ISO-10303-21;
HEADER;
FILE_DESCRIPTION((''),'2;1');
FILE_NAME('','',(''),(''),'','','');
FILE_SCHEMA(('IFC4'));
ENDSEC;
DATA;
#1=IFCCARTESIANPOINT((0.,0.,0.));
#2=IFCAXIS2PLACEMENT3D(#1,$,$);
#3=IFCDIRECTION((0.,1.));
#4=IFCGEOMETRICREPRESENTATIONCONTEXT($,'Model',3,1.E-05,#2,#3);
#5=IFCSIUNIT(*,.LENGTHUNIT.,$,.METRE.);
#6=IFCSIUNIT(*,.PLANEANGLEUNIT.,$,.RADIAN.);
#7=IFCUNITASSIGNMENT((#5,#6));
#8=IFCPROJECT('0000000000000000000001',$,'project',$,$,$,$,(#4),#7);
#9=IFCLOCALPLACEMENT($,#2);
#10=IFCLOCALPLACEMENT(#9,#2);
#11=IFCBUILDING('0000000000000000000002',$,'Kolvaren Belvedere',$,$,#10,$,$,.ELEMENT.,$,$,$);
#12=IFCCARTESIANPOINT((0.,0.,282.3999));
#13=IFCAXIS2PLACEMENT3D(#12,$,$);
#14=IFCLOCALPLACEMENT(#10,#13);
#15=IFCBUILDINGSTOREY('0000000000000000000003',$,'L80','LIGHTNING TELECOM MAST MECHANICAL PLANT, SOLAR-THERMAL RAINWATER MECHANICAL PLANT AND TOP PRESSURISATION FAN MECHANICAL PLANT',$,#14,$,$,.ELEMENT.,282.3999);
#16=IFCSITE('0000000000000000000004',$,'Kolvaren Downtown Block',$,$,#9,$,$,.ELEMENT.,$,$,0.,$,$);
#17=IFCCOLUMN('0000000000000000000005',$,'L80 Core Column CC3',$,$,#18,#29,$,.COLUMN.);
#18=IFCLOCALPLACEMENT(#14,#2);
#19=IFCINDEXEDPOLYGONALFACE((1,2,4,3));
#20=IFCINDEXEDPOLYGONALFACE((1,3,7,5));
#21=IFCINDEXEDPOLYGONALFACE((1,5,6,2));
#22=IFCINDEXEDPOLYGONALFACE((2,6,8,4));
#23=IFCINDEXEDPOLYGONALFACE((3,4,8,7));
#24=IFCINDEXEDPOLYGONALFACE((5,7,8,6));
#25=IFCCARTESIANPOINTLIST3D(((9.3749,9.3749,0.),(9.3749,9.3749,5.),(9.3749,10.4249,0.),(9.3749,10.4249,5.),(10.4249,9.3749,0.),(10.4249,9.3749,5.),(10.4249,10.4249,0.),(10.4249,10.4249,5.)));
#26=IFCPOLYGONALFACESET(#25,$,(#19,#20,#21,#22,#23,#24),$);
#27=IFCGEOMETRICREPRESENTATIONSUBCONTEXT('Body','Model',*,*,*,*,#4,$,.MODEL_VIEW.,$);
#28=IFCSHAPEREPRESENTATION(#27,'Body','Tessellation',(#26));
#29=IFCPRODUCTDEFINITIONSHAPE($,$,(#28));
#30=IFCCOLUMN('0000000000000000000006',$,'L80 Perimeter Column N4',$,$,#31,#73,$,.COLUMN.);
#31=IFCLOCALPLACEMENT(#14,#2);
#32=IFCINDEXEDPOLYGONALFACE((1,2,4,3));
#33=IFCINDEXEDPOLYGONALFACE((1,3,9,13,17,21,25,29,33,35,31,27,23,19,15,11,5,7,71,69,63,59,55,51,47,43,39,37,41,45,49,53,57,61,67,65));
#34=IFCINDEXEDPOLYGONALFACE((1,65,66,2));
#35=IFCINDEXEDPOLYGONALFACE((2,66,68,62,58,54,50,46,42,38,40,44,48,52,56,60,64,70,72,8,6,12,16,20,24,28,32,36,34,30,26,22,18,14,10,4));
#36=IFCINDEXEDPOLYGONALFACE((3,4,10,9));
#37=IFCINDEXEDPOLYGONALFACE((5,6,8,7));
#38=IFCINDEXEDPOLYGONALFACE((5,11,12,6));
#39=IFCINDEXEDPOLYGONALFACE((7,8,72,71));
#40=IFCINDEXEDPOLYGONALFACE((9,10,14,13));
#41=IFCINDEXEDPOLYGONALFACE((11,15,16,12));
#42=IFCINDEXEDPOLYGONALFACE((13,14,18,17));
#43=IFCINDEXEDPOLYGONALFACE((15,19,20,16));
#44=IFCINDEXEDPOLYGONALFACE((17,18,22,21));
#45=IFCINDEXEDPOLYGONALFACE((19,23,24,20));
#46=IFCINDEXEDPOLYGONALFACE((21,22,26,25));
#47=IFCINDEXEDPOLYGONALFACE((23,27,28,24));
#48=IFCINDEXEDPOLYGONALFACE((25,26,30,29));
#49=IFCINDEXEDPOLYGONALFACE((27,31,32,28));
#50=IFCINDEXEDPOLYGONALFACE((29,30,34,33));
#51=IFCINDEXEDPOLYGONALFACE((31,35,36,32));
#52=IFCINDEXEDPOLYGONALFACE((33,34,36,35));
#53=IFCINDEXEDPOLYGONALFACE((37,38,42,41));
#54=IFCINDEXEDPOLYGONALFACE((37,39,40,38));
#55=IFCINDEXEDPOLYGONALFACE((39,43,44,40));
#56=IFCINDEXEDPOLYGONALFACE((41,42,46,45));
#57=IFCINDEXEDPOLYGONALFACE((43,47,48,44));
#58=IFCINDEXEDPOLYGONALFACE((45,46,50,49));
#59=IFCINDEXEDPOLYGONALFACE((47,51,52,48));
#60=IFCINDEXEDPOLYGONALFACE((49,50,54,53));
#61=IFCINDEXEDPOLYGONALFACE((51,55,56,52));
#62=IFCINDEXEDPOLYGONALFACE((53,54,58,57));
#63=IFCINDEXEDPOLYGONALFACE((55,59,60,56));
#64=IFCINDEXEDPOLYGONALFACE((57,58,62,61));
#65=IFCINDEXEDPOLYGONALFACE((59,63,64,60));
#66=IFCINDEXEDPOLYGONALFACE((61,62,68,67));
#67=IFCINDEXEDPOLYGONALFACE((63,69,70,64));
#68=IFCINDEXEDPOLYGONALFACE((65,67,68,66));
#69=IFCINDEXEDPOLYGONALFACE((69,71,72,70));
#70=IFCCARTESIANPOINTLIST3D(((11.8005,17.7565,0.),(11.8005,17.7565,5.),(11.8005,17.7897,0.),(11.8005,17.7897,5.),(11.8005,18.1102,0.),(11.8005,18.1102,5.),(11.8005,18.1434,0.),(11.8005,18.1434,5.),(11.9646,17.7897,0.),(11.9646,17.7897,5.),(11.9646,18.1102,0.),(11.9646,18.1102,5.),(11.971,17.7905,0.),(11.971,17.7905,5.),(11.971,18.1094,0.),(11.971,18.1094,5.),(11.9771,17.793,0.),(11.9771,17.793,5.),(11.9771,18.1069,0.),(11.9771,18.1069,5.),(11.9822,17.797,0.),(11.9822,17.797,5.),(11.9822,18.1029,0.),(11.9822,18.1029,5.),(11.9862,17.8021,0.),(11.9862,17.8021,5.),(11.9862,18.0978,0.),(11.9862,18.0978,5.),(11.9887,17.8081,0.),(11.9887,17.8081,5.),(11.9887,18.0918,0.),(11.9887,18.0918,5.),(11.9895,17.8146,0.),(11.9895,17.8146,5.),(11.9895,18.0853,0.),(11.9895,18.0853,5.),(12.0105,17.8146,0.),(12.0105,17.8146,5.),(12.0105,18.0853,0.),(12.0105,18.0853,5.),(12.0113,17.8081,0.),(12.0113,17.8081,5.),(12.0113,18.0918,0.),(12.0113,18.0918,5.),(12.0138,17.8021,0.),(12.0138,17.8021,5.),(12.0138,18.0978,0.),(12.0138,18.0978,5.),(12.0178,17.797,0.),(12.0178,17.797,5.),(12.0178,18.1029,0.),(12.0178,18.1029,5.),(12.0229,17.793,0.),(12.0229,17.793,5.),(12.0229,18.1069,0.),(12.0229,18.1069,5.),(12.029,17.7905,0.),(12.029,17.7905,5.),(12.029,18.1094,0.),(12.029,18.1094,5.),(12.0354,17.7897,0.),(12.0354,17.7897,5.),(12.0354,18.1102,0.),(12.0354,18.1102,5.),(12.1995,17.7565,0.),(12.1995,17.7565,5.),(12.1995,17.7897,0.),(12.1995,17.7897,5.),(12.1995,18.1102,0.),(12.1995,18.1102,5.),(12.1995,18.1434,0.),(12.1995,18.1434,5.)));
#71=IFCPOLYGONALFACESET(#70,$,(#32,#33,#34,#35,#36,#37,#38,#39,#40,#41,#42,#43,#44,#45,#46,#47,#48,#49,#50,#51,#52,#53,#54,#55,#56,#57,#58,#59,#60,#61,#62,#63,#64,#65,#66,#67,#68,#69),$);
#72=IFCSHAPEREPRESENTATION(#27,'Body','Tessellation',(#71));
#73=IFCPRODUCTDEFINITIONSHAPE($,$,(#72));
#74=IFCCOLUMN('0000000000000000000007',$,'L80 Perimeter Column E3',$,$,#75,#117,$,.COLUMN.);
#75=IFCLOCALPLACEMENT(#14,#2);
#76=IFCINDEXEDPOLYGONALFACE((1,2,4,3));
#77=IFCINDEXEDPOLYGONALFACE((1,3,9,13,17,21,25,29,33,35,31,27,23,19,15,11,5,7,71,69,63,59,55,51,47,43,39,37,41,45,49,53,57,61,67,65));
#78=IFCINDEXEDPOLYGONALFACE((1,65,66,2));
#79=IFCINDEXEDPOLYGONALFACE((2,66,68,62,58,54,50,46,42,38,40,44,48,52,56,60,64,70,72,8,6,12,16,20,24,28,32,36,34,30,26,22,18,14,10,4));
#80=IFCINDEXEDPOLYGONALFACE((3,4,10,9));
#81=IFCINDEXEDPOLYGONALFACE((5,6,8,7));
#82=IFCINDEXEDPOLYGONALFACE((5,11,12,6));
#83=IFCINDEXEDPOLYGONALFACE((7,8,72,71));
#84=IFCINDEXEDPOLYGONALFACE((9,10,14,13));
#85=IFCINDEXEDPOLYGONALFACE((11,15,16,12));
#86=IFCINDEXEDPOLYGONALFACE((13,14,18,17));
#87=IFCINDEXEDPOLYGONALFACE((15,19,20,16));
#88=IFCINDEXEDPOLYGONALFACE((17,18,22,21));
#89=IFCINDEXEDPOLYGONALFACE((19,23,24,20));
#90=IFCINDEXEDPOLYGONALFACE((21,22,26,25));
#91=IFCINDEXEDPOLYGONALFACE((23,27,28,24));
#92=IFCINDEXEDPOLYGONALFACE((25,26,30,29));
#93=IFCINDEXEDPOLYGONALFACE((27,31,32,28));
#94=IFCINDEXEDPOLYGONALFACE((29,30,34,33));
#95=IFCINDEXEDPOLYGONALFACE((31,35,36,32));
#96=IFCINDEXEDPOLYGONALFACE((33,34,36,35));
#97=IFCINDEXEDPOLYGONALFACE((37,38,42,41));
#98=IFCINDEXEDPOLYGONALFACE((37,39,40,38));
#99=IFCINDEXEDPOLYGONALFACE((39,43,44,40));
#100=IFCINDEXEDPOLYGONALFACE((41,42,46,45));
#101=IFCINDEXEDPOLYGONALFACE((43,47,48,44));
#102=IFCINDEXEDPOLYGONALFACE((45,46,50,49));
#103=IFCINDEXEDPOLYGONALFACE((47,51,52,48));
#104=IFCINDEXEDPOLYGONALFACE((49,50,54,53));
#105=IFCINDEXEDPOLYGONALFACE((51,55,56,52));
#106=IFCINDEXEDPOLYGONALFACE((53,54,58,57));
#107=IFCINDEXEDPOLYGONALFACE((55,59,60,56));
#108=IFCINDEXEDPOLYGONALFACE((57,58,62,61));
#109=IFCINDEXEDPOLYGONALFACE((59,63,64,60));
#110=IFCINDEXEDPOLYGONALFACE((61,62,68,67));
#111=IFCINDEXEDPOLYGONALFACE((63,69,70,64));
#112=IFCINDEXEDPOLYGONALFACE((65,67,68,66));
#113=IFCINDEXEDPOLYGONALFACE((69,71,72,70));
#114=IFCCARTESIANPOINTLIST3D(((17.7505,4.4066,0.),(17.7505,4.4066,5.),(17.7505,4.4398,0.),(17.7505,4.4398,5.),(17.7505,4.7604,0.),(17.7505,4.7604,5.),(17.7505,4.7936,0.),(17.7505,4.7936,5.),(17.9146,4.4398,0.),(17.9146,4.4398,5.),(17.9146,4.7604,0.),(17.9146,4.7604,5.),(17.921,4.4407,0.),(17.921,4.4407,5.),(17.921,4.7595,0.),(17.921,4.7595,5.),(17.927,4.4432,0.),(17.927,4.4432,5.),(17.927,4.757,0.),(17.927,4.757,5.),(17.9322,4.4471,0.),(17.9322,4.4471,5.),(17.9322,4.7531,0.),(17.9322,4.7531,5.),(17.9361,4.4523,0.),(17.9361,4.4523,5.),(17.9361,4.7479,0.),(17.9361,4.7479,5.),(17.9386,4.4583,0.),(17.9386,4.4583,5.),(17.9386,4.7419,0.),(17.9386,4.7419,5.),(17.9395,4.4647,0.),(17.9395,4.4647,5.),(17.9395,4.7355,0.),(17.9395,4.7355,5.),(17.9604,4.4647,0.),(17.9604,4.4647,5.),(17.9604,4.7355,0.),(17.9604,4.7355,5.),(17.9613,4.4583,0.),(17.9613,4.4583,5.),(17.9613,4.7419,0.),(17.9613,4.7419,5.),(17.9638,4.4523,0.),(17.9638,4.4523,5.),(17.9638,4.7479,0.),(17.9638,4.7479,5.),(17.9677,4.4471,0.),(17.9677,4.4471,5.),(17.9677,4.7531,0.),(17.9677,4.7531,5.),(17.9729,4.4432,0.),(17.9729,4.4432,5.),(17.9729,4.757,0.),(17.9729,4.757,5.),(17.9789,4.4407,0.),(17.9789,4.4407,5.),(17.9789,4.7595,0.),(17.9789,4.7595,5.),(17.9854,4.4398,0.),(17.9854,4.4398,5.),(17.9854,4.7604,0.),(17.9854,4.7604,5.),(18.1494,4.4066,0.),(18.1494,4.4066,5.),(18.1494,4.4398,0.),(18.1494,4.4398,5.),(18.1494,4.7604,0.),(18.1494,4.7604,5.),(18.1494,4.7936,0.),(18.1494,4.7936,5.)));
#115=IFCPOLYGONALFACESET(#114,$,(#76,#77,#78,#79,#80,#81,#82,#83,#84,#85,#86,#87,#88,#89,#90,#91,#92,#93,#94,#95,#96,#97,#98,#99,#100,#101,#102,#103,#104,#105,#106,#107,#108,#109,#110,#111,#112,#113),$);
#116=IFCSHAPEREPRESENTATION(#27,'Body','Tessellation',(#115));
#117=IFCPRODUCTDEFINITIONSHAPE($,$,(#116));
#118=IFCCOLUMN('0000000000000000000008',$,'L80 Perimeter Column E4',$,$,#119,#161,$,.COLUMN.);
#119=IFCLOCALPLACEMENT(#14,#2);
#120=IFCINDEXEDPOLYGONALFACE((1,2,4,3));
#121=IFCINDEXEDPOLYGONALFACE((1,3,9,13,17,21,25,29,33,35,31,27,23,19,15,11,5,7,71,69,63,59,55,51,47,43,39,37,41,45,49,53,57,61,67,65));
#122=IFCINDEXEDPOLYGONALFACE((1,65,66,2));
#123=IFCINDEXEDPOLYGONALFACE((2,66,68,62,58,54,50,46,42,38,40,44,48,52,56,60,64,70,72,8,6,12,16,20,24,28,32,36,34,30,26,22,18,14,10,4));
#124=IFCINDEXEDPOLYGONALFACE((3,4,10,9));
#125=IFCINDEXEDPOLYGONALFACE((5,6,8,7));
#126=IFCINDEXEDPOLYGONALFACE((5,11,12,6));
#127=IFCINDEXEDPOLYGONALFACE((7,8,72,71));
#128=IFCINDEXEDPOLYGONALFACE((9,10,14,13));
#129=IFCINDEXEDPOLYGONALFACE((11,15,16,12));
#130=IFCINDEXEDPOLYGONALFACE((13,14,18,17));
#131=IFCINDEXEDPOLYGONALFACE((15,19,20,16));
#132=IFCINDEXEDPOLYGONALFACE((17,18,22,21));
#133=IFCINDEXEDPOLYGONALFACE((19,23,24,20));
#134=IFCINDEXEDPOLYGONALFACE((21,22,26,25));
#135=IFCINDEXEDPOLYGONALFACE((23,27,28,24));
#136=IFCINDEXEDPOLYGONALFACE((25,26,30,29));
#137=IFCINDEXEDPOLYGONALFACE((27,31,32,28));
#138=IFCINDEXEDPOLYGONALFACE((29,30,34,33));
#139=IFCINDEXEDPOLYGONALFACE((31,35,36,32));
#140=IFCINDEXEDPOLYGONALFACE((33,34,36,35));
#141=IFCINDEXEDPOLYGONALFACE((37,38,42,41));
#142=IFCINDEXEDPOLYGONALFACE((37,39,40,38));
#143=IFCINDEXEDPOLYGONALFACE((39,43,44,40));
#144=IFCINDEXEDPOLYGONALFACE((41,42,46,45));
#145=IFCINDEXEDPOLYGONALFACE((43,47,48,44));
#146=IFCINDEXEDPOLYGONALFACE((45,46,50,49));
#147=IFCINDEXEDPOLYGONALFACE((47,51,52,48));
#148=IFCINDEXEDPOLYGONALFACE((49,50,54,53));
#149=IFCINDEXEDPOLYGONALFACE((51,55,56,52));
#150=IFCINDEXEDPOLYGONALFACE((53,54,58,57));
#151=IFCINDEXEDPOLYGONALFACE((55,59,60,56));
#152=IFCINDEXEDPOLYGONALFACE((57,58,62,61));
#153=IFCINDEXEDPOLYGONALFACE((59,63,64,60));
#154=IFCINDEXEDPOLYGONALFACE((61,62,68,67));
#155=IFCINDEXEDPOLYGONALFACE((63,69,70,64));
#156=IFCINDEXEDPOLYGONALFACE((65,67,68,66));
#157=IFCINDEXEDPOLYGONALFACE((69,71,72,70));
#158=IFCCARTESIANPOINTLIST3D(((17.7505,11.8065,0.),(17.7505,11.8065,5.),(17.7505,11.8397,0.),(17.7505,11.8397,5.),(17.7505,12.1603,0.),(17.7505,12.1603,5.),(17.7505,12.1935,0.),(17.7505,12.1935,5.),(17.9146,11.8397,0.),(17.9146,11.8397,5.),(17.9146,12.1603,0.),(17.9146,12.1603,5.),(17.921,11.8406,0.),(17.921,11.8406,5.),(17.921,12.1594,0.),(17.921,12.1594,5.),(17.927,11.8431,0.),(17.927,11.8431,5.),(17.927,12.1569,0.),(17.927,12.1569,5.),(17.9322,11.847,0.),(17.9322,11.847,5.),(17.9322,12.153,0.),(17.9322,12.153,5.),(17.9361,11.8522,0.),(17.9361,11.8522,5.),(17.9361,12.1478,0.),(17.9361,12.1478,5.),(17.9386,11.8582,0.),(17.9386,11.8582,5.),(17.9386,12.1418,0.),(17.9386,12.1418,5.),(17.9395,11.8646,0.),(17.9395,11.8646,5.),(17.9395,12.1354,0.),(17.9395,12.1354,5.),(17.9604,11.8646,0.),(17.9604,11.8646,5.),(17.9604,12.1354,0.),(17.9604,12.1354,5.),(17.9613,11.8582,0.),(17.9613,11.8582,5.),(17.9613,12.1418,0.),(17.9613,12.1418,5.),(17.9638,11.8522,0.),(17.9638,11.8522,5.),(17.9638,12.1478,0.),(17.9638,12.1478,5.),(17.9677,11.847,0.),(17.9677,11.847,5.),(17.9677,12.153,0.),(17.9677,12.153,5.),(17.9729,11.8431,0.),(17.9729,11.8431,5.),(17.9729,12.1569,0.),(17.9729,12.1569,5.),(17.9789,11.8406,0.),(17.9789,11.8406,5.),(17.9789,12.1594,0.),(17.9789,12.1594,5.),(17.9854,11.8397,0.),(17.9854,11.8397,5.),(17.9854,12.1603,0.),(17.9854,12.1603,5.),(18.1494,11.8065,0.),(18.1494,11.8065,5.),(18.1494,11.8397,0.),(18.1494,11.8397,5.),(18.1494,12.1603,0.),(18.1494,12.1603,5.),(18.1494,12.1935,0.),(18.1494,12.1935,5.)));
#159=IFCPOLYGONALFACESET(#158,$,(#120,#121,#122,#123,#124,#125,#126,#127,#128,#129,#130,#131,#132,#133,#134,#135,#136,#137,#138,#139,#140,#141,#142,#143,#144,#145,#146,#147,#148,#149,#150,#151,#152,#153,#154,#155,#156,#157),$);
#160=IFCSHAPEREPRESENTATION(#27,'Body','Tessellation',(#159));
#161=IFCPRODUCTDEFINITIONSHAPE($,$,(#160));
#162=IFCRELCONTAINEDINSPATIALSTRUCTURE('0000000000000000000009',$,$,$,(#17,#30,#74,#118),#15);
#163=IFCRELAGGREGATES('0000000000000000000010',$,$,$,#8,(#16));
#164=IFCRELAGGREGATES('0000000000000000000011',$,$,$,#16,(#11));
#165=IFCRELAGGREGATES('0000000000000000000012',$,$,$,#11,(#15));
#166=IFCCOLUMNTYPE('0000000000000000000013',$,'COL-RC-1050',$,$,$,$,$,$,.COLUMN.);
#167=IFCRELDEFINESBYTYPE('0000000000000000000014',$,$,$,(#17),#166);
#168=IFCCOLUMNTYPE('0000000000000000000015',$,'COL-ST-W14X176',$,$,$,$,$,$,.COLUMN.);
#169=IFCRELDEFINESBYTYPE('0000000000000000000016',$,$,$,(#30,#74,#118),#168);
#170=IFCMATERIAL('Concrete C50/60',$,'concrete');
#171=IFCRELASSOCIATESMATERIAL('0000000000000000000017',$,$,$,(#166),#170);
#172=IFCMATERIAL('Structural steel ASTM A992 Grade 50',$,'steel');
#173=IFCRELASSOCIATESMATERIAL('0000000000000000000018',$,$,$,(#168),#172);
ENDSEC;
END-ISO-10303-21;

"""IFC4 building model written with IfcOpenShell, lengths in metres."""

from ifc_helpers import new_model, si_unit, direction, frame, origin, origin_2d, place, context, subcontext, project, spatial, rectangle, i_section, extrude, material, material_profile, profile_set, type_object, element, save


model = new_model("IFC4")

# Units and contexts
model_context = context("Model", 3, precision=1e-05, world=origin(), true_north=direction((0.0, 1.0)))
body_context = subcontext(model_context, "Body", "Model", "MODEL_VIEW")
ifc_project = project(units=[si_unit("LENGTHUNIT", "METRE"), si_unit("PLANEANGLEUNIT", "RADIAN")], contexts=[model_context])

# Site, building, storey
site_placement = place(None, origin())
site = spatial("IfcSite", under=ifc_project, at=site_placement, Name="Kolvaren Downtown Block", CompositionType="ELEMENT", RefElevation=0.0)
building_placement = place(site_placement, origin())
building = spatial("IfcBuilding", under=site, at=building_placement, Name="Kolvaren Belvedere", CompositionType="ELEMENT")
storey_placement = place(building_placement, frame((0.0, 0.0, 282.3999)))
storey = spatial("IfcBuildingStorey", under=building, at=storey_placement, Name="L80", Description="LIGHTNING TELECOM MAST MECHANICAL PLANT, SOLAR-THERMAL RAINWATER MECHANICAL PLANT AND TOP PRESSURISATION FAN MECHANICAL PLANT", CompositionType="ELEMENT", Elevation=282.3999)

# Columns
ifc_material_1 = material(Name="Concrete C50/60", Category="concrete")
ifc_material_profile_1 = material_profile(ifc_material_1, rectangle(XDim=1.05, YDim=1.05, at=origin_2d()), Name="RC 1050X1050")
ifc_profile_set_1 = profile_set([ifc_material_profile_1], Name="Concrete C50/60")
column_type_1 = type_object("IfcColumnType", Name="COL-RC-1050", PredefinedType="COLUMN", material=ifc_profile_set_1)
column_placement = place(storey_placement, frame((9.8999, 9.8999, 0.0), z_axis=(0.0, 0.0, 1.0), x_axis=(1.0, 0.0, 0.0)))
element("IfcColumn", 1, at=column_placement, inside=storey, type_object=column_type_1, Name="L80 Core Column CC3", PredefinedType="COLUMN", context=body_context, shape_type="SweptSolid", body=[
    extrude(rectangle(XDim=1.05, YDim=1.05, at=origin_2d()), origin(), (0.0, 0.0, 1.0), 5.0),
])
ifc_material_2 = material(Name="Structural steel ASTM A992 Grade 50", Category="steel")
ifc_material_profile_2 = material_profile(ifc_material_2, i_section(OverallWidth=0.3989, OverallDepth=0.387, WebThickness=0.021, FlangeThickness=0.0332, FilletRadius=0.0249, at=origin_2d()), Name="W14X176")
ifc_profile_set_2 = profile_set([ifc_material_profile_2], Name="Structural steel ASTM A992 Grade 50")
column_type_2 = type_object("IfcColumnType", Name="COL-ST-W14X176", PredefinedType="COLUMN", material=ifc_profile_set_2)
for number, where, z_axis, x_axis, name in (
    (2, (12.0, 17.95, 0.0), (0.0, 0.0, 1.0), (1.0, 0.0, 0.0), "L80 Perimeter Column N4"),
    (3, (17.95, 4.6001, 0.0), (0.0, 0.0, 1.0), (1.0, 0.0, 0.0), "L80 Perimeter Column E3"),
    (4, (17.95, 12.0, 0.0), (0.0, 0.0, 1.0), (1.0, 0.0, 0.0), "L80 Perimeter Column E4"),
):
    element("IfcColumn", number, at=place(storey_placement, frame(where, z_axis=z_axis, x_axis=x_axis)), inside=storey, type_object=column_type_2, Name=name, PredefinedType="COLUMN", context=body_context, shape_type="SweptSolid", body=[
        extrude(i_section(OverallWidth=0.3989, OverallDepth=0.387, WebThickness=0.021, FlangeThickness=0.0332, FilletRadius=0.0249, at=origin_2d()), origin(), (0.0, 0.0, 1.0), 5.0),
    ])

save(model, "model.ifc")
